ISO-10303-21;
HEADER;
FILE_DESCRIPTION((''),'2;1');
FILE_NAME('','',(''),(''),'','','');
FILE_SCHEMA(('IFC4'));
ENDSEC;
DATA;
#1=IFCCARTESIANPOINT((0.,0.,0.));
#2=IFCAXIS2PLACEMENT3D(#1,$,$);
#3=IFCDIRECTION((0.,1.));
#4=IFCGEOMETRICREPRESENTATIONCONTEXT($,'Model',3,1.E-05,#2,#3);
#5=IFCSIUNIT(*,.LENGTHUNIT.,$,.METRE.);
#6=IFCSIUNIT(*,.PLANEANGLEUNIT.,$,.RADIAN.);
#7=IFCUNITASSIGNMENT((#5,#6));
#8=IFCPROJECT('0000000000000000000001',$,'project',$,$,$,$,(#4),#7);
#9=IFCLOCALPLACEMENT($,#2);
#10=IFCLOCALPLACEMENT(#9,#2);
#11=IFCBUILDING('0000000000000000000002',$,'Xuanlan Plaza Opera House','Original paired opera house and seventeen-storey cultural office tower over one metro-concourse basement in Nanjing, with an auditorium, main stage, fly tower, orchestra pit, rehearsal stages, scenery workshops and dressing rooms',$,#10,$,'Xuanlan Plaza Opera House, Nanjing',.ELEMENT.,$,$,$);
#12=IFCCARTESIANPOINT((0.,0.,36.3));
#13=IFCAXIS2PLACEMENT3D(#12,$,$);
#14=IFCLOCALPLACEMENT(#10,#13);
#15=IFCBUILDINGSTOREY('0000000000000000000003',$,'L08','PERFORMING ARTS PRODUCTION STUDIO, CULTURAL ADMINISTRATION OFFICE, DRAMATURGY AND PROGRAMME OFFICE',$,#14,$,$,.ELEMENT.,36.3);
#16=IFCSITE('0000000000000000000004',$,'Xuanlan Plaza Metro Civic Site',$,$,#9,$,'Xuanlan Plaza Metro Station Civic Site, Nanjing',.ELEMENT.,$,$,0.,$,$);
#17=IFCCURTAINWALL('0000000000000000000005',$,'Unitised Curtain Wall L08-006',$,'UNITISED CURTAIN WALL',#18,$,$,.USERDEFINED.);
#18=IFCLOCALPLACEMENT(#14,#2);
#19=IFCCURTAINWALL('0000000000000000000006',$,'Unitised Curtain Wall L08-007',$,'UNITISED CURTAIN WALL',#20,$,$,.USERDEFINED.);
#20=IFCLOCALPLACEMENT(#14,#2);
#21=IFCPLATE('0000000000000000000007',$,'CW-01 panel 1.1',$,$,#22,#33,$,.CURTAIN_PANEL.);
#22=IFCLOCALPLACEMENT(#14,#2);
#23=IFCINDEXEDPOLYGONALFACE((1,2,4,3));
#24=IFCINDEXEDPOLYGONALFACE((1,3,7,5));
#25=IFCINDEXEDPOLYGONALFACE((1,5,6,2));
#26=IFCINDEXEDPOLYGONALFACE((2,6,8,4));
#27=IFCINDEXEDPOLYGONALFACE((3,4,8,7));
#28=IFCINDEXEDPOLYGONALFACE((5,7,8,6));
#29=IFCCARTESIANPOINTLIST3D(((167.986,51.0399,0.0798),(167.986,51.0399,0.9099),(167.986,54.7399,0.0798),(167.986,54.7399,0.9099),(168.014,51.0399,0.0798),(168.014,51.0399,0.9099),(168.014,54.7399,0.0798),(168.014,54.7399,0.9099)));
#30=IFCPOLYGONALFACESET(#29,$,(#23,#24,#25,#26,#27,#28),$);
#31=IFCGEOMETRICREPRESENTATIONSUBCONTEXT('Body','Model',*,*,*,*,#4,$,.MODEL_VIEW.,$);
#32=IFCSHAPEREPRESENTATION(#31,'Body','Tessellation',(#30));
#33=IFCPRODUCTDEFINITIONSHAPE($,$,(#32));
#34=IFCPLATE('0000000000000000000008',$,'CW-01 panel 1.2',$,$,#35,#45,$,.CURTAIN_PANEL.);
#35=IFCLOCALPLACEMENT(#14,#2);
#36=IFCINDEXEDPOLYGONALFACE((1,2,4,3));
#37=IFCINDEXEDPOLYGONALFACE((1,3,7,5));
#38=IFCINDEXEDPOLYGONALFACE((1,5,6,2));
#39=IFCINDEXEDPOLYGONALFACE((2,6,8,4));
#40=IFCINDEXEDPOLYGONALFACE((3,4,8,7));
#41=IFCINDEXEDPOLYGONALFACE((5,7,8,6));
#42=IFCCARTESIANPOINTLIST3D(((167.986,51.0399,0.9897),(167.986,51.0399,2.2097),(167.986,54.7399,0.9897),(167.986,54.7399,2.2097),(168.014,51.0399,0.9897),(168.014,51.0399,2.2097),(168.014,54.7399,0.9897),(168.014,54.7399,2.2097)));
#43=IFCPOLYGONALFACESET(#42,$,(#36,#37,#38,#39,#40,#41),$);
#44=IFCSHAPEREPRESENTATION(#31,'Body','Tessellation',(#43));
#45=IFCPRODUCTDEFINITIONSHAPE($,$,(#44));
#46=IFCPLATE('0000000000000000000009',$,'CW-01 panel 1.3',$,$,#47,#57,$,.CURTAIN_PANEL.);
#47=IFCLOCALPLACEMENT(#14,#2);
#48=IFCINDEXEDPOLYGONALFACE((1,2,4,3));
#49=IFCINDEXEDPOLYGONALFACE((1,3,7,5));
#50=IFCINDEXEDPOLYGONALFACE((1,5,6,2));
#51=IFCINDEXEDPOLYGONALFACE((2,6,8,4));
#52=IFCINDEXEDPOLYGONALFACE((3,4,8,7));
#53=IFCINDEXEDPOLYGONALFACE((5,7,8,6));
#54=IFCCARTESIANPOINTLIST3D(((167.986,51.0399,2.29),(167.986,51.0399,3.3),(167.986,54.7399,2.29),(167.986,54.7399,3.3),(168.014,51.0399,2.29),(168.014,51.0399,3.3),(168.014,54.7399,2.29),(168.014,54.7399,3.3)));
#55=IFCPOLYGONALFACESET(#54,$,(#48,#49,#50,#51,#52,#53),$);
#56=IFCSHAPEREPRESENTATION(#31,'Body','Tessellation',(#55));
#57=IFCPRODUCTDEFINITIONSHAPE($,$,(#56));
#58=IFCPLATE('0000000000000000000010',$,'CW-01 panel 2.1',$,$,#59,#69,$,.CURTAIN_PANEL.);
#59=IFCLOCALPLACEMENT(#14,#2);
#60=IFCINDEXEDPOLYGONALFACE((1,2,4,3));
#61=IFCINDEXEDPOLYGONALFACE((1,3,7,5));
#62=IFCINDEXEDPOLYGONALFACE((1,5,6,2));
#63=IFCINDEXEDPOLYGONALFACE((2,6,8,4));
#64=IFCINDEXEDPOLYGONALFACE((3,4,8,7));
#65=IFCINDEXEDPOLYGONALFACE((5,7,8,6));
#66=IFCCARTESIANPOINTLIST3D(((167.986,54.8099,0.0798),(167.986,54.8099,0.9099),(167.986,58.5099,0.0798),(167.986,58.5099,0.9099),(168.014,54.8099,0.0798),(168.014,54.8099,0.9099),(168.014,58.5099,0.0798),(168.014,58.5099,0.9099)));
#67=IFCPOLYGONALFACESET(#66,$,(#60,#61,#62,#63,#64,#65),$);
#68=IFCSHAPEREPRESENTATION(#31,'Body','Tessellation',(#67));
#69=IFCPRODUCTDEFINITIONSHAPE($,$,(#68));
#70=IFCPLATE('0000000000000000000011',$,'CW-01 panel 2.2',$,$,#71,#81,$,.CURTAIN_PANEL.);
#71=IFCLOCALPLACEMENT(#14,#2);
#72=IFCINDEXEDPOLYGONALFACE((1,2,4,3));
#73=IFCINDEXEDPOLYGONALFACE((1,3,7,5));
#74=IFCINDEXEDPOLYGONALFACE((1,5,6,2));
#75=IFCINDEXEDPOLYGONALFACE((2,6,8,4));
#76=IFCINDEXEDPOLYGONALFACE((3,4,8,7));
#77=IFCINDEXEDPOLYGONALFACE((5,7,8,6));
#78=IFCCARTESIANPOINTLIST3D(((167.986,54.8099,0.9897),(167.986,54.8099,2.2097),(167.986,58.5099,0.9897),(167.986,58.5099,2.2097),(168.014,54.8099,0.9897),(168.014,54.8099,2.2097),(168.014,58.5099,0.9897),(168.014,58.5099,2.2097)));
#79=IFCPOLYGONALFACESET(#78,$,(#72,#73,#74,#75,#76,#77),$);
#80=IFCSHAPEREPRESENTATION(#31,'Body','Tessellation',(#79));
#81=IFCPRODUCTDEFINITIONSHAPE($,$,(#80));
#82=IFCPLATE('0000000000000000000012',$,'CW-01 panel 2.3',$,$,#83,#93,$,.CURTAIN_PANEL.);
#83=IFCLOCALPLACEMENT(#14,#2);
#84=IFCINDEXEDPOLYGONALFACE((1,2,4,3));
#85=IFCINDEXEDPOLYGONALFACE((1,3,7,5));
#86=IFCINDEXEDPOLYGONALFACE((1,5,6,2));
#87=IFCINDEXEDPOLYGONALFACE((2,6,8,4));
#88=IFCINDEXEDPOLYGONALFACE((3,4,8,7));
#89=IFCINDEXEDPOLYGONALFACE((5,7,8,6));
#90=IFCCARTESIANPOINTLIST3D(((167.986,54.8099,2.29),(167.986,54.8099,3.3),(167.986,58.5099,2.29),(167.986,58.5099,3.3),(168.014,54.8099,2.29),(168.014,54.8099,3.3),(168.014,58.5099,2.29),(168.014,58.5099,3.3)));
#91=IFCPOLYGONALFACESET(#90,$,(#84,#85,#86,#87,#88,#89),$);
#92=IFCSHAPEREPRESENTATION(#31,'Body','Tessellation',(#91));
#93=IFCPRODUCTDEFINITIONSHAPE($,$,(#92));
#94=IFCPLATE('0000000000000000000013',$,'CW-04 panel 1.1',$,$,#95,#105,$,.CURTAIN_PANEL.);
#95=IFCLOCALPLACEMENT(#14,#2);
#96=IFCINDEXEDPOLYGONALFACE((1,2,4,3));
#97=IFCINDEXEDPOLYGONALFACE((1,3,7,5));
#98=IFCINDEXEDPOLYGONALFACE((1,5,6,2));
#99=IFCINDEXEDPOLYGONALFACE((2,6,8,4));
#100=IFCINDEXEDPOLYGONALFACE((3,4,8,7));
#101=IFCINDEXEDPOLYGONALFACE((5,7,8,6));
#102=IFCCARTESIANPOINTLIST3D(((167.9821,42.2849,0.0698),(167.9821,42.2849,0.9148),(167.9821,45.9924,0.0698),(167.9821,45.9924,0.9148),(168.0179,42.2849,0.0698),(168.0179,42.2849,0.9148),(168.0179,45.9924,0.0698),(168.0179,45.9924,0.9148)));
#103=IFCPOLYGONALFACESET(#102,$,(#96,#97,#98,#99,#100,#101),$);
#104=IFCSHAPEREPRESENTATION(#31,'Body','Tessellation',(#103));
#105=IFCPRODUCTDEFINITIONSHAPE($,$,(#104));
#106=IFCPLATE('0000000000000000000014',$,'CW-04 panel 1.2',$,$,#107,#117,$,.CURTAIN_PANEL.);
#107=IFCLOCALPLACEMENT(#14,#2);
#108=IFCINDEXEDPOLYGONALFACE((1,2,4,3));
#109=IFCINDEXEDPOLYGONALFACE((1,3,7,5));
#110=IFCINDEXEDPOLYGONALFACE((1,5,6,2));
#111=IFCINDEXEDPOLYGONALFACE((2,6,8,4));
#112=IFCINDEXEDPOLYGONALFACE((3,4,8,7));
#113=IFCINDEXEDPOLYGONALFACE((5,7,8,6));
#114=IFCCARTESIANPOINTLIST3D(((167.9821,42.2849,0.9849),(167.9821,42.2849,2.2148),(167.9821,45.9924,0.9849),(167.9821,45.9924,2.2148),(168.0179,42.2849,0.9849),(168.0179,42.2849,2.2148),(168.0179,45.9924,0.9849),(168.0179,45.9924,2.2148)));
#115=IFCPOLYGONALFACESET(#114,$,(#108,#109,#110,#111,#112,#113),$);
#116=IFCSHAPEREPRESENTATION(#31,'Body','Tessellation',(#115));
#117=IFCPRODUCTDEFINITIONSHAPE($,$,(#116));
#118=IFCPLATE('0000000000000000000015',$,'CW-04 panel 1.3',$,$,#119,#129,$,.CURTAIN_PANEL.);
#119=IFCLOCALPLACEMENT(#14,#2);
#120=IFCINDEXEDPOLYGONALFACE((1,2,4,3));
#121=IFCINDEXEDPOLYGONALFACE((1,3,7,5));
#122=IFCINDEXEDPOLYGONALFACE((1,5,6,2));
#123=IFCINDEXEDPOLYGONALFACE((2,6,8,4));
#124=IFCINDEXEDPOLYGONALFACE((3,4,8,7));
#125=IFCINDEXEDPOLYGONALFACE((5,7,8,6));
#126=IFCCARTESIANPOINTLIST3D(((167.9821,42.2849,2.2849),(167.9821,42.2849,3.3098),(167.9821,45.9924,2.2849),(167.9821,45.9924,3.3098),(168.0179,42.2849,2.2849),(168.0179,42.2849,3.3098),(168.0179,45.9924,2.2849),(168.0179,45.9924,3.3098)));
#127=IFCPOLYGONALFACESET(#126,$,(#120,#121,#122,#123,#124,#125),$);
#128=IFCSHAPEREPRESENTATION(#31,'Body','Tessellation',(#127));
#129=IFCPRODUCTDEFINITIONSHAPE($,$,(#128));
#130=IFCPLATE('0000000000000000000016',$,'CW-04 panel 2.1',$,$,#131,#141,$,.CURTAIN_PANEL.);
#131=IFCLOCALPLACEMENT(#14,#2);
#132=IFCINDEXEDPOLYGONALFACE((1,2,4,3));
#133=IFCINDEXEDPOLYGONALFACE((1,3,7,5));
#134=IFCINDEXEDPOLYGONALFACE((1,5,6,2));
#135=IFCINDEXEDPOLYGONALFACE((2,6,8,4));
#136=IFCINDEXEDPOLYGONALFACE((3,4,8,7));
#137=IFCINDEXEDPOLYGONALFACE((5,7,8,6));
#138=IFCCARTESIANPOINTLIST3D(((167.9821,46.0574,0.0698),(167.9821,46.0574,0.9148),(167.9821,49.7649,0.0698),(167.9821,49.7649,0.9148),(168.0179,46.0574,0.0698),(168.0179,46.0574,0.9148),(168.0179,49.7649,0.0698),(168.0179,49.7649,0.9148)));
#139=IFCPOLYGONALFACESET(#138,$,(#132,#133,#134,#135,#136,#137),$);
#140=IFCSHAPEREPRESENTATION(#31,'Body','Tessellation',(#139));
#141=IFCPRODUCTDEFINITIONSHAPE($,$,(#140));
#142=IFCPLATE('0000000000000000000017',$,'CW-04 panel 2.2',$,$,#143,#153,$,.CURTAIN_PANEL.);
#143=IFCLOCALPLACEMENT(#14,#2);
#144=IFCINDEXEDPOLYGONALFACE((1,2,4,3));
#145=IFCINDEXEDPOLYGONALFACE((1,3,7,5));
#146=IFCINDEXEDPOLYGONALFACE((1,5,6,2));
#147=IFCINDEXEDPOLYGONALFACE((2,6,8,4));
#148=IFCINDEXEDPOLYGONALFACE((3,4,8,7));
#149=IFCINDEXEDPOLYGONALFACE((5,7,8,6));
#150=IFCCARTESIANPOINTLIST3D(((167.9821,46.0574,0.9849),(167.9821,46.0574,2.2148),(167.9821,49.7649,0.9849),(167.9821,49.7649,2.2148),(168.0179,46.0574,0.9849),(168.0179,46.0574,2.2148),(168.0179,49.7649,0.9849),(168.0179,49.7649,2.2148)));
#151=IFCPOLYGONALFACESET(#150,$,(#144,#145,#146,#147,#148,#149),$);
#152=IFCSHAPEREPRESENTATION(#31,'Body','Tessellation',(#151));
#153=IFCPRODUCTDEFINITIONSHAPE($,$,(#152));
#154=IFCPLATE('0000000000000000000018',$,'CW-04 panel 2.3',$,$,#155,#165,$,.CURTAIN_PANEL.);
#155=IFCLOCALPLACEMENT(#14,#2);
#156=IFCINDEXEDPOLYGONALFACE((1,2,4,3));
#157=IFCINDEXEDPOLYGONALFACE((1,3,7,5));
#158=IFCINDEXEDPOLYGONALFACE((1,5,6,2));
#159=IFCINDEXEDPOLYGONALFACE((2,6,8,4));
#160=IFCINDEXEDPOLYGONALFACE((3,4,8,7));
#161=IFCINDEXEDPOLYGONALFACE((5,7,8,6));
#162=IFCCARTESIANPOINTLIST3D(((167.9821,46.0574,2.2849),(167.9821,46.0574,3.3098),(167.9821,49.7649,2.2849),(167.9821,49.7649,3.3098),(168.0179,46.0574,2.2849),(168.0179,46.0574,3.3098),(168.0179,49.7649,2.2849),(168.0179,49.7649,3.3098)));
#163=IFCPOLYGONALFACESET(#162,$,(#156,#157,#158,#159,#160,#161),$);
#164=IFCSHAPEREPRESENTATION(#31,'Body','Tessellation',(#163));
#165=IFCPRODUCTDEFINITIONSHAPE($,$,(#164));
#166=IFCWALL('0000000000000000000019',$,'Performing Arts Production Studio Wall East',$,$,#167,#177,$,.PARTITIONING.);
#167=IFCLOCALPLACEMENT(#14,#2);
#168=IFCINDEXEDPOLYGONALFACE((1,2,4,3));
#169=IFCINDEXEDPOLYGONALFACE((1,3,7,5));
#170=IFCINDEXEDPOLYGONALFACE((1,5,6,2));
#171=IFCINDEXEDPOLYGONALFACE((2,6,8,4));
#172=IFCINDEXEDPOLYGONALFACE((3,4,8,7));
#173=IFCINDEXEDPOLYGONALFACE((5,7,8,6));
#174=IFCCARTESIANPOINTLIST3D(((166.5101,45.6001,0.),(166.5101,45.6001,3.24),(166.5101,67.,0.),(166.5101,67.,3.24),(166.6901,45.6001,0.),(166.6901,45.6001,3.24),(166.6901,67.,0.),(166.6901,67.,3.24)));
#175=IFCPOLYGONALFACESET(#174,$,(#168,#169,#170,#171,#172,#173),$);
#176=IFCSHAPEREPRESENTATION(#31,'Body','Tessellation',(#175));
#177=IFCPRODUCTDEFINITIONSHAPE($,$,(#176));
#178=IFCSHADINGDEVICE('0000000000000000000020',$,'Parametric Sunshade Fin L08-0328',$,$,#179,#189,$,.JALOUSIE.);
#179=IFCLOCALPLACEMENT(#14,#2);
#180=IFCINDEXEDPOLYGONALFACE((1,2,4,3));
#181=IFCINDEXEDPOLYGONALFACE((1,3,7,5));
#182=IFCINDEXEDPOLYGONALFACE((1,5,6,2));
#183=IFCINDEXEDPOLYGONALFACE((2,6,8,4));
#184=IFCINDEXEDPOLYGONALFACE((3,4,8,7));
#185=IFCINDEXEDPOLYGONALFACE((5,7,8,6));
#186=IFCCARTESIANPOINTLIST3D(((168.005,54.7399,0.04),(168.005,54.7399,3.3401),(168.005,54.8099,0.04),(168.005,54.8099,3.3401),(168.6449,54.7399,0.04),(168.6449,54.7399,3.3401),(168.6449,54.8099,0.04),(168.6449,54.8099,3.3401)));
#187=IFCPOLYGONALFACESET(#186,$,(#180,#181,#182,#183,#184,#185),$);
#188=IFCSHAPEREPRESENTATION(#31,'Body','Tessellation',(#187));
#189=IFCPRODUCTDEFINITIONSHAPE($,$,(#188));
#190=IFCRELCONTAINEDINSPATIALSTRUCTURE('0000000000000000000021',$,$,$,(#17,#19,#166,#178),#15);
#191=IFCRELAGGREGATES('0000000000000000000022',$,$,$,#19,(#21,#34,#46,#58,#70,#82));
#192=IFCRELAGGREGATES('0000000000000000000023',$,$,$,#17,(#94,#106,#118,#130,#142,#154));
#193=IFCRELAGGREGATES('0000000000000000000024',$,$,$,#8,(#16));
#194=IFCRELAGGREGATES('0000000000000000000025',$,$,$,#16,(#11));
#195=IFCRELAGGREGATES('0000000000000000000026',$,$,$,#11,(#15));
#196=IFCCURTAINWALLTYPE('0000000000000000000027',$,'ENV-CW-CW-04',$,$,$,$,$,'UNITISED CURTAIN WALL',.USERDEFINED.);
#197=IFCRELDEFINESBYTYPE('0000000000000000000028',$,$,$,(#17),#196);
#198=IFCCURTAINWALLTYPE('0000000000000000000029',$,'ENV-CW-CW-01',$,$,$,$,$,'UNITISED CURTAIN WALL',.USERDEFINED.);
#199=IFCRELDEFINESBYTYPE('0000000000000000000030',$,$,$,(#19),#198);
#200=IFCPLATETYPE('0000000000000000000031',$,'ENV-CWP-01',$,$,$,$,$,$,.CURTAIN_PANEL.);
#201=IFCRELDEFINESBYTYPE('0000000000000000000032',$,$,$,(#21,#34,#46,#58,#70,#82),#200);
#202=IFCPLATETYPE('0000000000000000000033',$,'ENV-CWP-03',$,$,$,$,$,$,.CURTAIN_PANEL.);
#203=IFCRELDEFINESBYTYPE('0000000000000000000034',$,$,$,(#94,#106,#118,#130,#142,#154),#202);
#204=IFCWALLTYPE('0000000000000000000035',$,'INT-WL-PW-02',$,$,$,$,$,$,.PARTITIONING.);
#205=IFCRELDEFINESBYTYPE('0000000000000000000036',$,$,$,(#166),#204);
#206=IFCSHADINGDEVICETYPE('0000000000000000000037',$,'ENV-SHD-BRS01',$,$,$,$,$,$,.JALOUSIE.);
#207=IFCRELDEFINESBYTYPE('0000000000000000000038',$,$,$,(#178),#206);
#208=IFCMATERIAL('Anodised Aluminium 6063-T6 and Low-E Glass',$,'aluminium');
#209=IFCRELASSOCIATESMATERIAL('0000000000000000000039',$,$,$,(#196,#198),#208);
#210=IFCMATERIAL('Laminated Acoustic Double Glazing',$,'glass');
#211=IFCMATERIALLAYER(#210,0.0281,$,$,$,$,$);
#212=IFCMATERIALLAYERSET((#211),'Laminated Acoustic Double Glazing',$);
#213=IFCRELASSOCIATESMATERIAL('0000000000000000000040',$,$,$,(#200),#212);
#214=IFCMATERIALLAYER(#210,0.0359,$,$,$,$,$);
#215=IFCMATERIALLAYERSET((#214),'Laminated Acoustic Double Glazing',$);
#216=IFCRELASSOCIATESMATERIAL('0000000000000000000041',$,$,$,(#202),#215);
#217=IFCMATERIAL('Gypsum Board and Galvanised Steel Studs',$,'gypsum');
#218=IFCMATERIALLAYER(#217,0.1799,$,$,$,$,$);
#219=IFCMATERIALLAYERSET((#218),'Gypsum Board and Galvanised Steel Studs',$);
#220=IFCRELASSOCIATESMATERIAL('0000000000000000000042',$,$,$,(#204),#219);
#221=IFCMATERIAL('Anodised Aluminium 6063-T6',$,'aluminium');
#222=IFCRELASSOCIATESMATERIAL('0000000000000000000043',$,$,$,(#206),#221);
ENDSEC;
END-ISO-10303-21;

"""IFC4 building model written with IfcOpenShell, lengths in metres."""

from ifc_helpers import new_model, si_unit, direction, frame, frame_2d, origin, origin_2d, place, context, subcontext, project, spatial, rectangle, extrude, material, layer, layer_set, type_object, element, aggregate, save


model = new_model("IFC4")

# Units and contexts
model_context = context("Model", 3, precision=1e-05, world=origin(), true_north=direction((0.0, 1.0)))
body_context = subcontext(model_context, "Body", "Model", "MODEL_VIEW")
ifc_project = project(units=[si_unit("LENGTHUNIT", "METRE"), si_unit("PLANEANGLEUNIT", "RADIAN")], contexts=[model_context])

# Site, building, storey
site_placement = place(None, origin())
site = spatial("IfcSite", under=ifc_project, at=site_placement, Name="Xuanlan Plaza Metro Civic Site", LongName="Xuanlan Plaza Metro Station Civic Site, Nanjing", CompositionType="ELEMENT", RefElevation=0.0)
building_placement = place(site_placement, origin())
building = spatial("IfcBuilding", under=site, at=building_placement, Name="Xuanlan Plaza Opera House", Description="Original paired opera house and seventeen-storey cultural office tower over one metro-concourse basement in Nanjing, with an auditorium, main stage, fly tower, orchestra pit, rehearsal stages, scenery workshops and dressing rooms", LongName="Xuanlan Plaza Opera House, Nanjing", CompositionType="ELEMENT")
storey_placement = place(building_placement, frame((0.0, 0.0, 36.3)))
storey = spatial("IfcBuildingStorey", under=building, at=storey_placement, Name="L08", Description="PERFORMING ARTS PRODUCTION STUDIO, CULTURAL ADMINISTRATION OFFICE, DRAMATURGY AND PROGRAMME OFFICE", CompositionType="ELEMENT", Elevation=36.3)

# Curtain walls
ifc_material_1 = material(Name="Anodised Aluminium 6063-T6 and Low-E Glass", Category="aluminium")
curtain_wall_type_1 = type_object("IfcCurtainWallType", Name="ENV-CW-CW-04", ElementType="UNITISED CURTAIN WALL", PredefinedType="USERDEFINED", material=ifc_material_1)
curtain_wall_1_placement = place(storey_placement, origin())
curtain_wall_1 = element("IfcCurtainWall", 1, at=curtain_wall_1_placement, inside=storey, type_object=curtain_wall_type_1, Name="Unitised Curtain Wall L08-006", ObjectType="UNITISED CURTAIN WALL", PredefinedType="USERDEFINED")
ifc_material_2 = material(Name="Anodised Aluminium 6063-T6", Category="aluminium")
curtain_wall_type_2 = type_object("IfcCurtainWallType", Name="ENV-CW-CW-01", ElementType="UNITISED CURTAIN WALL", PredefinedType="USERDEFINED", material=ifc_material_1)
curtain_wall_2_placement = place(storey_placement, origin())
curtain_wall_2 = element("IfcCurtainWall", 2, at=curtain_wall_2_placement, inside=storey, type_object=curtain_wall_type_2, Name="Unitised Curtain Wall L08-007", ObjectType="UNITISED CURTAIN WALL", PredefinedType="USERDEFINED")

# Plates
ifc_material_3 = material(Name="Laminated Acoustic Double Glazing", Category="glass")
ifc_layer_1 = layer(ifc_material_3, 0.0281)
ifc_layer_set_1 = layer_set([ifc_layer_1], Name="Laminated Acoustic Double Glazing")
plate_type_1 = type_object("IfcPlateType", Name="ENV-CWP-01", PredefinedType="CURTAIN_PANEL", material=ifc_layer_set_1)
plate_1_placement = place(storey_placement, frame((168.0, 52.8899, 0.0798), z_axis=(0.0, 0.0, 1.0), x_axis=(0.0, 1.0, 0.0)))
plate_1 = element("IfcPlate", 3, at=plate_1_placement, type_object=plate_type_1, Name="CW-01 panel 1.1", PredefinedType="CURTAIN_PANEL", context=body_context, shape_type="SweptSolid", body=[
    extrude(rectangle(XDim=3.7, YDim=0.0281, at=origin_2d()), origin(), (0.0, 0.0, 1.0), 0.8301),
])
plate_2_placement = place(storey_placement, frame((168.0, 52.8899, 0.9897), z_axis=(0.0, 0.0, 1.0), x_axis=(0.0, 1.0, 0.0)))
plate_2 = element("IfcPlate", 4, at=plate_2_placement, type_object=plate_type_1, Name="CW-01 panel 1.2", PredefinedType="CURTAIN_PANEL", context=body_context, shape_type="SweptSolid", body=[
    extrude(rectangle(XDim=3.7, YDim=0.0281, at=origin_2d()), origin(), (0.0, 0.0, 1.0), 1.22),
])
plate_3_placement = place(storey_placement, frame((168.0, 52.8899, 2.29), z_axis=(0.0, 0.0, 1.0), x_axis=(0.0, 1.0, 0.0)))
plate_3 = element("IfcPlate", 5, at=plate_3_placement, type_object=plate_type_1, Name="CW-01 panel 1.3", PredefinedType="CURTAIN_PANEL", context=body_context, shape_type="SweptSolid", body=[
    extrude(rectangle(XDim=3.7, YDim=0.0281, at=origin_2d()), origin(), (0.0, 0.0, 1.0), 1.01),
])
plate_4_placement = place(storey_placement, frame((168.0, 56.6599, 0.0798), z_axis=(0.0, 0.0, 1.0), x_axis=(0.0, 1.0, 0.0)))
plate_4 = element("IfcPlate", 6, at=plate_4_placement, type_object=plate_type_1, Name="CW-01 panel 2.1", PredefinedType="CURTAIN_PANEL", context=body_context, shape_type="SweptSolid", body=[
    extrude(rectangle(XDim=3.7, YDim=0.0281, at=origin_2d()), origin(), (0.0, 0.0, 1.0), 0.8301),
])
plate_5_placement = place(storey_placement, frame((168.0, 56.6599, 0.9897), z_axis=(0.0, 0.0, 1.0), x_axis=(0.0, 1.0, 0.0)))
plate_5 = element("IfcPlate", 7, at=plate_5_placement, type_object=plate_type_1, Name="CW-01 panel 2.2", PredefinedType="CURTAIN_PANEL", context=body_context, shape_type="SweptSolid", body=[
    extrude(rectangle(XDim=3.7, YDim=0.0281, at=origin_2d()), origin(), (0.0, 0.0, 1.0), 1.22),
])
plate_6_placement = place(storey_placement, frame((168.0, 56.6599, 2.29), z_axis=(0.0, 0.0, 1.0), x_axis=(0.0, 1.0, 0.0)))
plate_6 = element("IfcPlate", 8, at=plate_6_placement, type_object=plate_type_1, Name="CW-01 panel 2.3", PredefinedType="CURTAIN_PANEL", context=body_context, shape_type="SweptSolid", body=[
    extrude(rectangle(XDim=3.7, YDim=0.0281, at=origin_2d()), origin(), (0.0, 0.0, 1.0), 1.01),
])
aggregate(curtain_wall_2, [plate_1, plate_2, plate_3, plate_4, plate_5, plate_6])
ifc_layer_2 = layer(ifc_material_3, 0.0359)
ifc_layer_set_2 = layer_set([ifc_layer_2], Name="Laminated Acoustic Double Glazing")
plate_type_2 = type_object("IfcPlateType", Name="ENV-CWP-03", PredefinedType="CURTAIN_PANEL", material=ifc_layer_set_2)
plate_7_placement = place(storey_placement, frame((168.0, 44.1387, 0.0698), z_axis=(0.0, 0.0, 1.0), x_axis=(0.0, 1.0, 0.0)))
plate_7 = element("IfcPlate", 9, at=plate_7_placement, type_object=plate_type_2, Name="CW-04 panel 1.1", PredefinedType="CURTAIN_PANEL", context=body_context, shape_type="SweptSolid", body=[
    extrude(rectangle(XDim=3.7075, YDim=0.0359, at=origin_2d()), origin(), (0.0, 0.0, 1.0), 0.845),
])
plate_8_placement = place(storey_placement, frame((168.0, 44.1387, 0.9849), z_axis=(0.0, 0.0, 1.0), x_axis=(0.0, 1.0, 0.0)))
plate_8 = element("IfcPlate", 10, at=plate_8_placement, type_object=plate_type_2, Name="CW-04 panel 1.2", PredefinedType="CURTAIN_PANEL", context=body_context, shape_type="SweptSolid", body=[
    extrude(rectangle(XDim=3.7075, YDim=0.0359, at=origin_2d()), origin(), (0.0, 0.0, 1.0), 1.23),
])
plate_9_placement = place(storey_placement, frame((168.0, 44.1387, 2.2849), z_axis=(0.0, 0.0, 1.0), x_axis=(0.0, 1.0, 0.0)))
plate_9 = element("IfcPlate", 11, at=plate_9_placement, type_object=plate_type_2, Name="CW-04 panel 1.3", PredefinedType="CURTAIN_PANEL", context=body_context, shape_type="SweptSolid", body=[
    extrude(rectangle(XDim=3.7075, YDim=0.0359, at=origin_2d()), origin(), (0.0, 0.0, 1.0), 1.0249),
])
plate_10_placement = place(storey_placement, frame((168.0, 47.9111, 0.0698), z_axis=(0.0, 0.0, 1.0), x_axis=(0.0, 1.0, 0.0)))
plate_10 = element("IfcPlate", 12, at=plate_10_placement, type_object=plate_type_2, Name="CW-04 panel 2.1", PredefinedType="CURTAIN_PANEL", context=body_context, shape_type="SweptSolid", body=[
    extrude(rectangle(XDim=3.7075, YDim=0.0359, at=origin_2d()), origin(), (0.0, 0.0, 1.0), 0.845),
])
plate_11_placement = place(storey_placement, frame((168.0, 47.9111, 0.9849), z_axis=(0.0, 0.0, 1.0), x_axis=(0.0, 1.0, 0.0)))
plate_11 = element("IfcPlate", 13, at=plate_11_placement, type_object=plate_type_2, Name="CW-04 panel 2.2", PredefinedType="CURTAIN_PANEL", context=body_context, shape_type="SweptSolid", body=[
    extrude(rectangle(XDim=3.7075, YDim=0.0359, at=origin_2d()), origin(), (0.0, 0.0, 1.0), 1.23),
])
plate_12_placement = place(storey_placement, frame((168.0, 47.9111, 2.2849), z_axis=(0.0, 0.0, 1.0), x_axis=(0.0, 1.0, 0.0)))
plate_12 = element("IfcPlate", 14, at=plate_12_placement, type_object=plate_type_2, Name="CW-04 panel 2.3", PredefinedType="CURTAIN_PANEL", context=body_context, shape_type="SweptSolid", body=[
    extrude(rectangle(XDim=3.7075, YDim=0.0359, at=origin_2d()), origin(), (0.0, 0.0, 1.0), 1.0249),
])
aggregate(curtain_wall_1, [plate_7, plate_8, plate_9, plate_10, plate_11, plate_12])

# Wall
ifc_material_4 = material(Name="Gypsum Board and Galvanised Steel Studs", Category="gypsum")
ifc_layer_3 = layer(ifc_material_4, 0.1799)
ifc_layer_set_3 = layer_set([ifc_layer_3], Name="Gypsum Board and Galvanised Steel Studs")
wall_type = type_object("IfcWallType", Name="INT-WL-PW-02", PredefinedType="PARTITIONING", material=ifc_layer_set_3)
wall_placement = place(storey_placement, frame((166.6001, 45.6001, 0.0), z_axis=(0.0, 0.0, 1.0), x_axis=(0.0, 1.0, 0.0)))
element("IfcWall", 15, at=wall_placement, inside=storey, type_object=wall_type, Name="Performing Arts Production Studio Wall East", PredefinedType="PARTITIONING", context=body_context, shape_type="SweptSolid", body=[
    extrude(rectangle(XDim=21.3999, YDim=0.1799, at=frame_2d((10.7, 0.0))), origin(), (0.0, 0.0, 1.0), 3.24),
])

# Shading device
shading_device_type_1 = type_object("IfcShadingDeviceType", Name="ENV-SHD-BRS01", PredefinedType="JALOUSIE", material=ifc_material_2)
shading_device_1_placement = place(storey_placement, frame((168.325, 54.7749, 0.04), z_axis=(0.0, 0.0, 1.0), x_axis=(1.0, 0.0, 0.0)))
element("IfcShadingDevice", 16, at=shading_device_1_placement, inside=storey, type_object=shading_device_type_1, Name="Parametric Sunshade Fin L08-0328", PredefinedType="JALOUSIE", context=body_context, shape_type="SweptSolid", body=[
    extrude(rectangle(XDim=0.6399, YDim=0.0701, at=origin_2d()), origin(), (0.0, 0.0, 1.0), 3.3),
])

save(model, "model.ifc")
